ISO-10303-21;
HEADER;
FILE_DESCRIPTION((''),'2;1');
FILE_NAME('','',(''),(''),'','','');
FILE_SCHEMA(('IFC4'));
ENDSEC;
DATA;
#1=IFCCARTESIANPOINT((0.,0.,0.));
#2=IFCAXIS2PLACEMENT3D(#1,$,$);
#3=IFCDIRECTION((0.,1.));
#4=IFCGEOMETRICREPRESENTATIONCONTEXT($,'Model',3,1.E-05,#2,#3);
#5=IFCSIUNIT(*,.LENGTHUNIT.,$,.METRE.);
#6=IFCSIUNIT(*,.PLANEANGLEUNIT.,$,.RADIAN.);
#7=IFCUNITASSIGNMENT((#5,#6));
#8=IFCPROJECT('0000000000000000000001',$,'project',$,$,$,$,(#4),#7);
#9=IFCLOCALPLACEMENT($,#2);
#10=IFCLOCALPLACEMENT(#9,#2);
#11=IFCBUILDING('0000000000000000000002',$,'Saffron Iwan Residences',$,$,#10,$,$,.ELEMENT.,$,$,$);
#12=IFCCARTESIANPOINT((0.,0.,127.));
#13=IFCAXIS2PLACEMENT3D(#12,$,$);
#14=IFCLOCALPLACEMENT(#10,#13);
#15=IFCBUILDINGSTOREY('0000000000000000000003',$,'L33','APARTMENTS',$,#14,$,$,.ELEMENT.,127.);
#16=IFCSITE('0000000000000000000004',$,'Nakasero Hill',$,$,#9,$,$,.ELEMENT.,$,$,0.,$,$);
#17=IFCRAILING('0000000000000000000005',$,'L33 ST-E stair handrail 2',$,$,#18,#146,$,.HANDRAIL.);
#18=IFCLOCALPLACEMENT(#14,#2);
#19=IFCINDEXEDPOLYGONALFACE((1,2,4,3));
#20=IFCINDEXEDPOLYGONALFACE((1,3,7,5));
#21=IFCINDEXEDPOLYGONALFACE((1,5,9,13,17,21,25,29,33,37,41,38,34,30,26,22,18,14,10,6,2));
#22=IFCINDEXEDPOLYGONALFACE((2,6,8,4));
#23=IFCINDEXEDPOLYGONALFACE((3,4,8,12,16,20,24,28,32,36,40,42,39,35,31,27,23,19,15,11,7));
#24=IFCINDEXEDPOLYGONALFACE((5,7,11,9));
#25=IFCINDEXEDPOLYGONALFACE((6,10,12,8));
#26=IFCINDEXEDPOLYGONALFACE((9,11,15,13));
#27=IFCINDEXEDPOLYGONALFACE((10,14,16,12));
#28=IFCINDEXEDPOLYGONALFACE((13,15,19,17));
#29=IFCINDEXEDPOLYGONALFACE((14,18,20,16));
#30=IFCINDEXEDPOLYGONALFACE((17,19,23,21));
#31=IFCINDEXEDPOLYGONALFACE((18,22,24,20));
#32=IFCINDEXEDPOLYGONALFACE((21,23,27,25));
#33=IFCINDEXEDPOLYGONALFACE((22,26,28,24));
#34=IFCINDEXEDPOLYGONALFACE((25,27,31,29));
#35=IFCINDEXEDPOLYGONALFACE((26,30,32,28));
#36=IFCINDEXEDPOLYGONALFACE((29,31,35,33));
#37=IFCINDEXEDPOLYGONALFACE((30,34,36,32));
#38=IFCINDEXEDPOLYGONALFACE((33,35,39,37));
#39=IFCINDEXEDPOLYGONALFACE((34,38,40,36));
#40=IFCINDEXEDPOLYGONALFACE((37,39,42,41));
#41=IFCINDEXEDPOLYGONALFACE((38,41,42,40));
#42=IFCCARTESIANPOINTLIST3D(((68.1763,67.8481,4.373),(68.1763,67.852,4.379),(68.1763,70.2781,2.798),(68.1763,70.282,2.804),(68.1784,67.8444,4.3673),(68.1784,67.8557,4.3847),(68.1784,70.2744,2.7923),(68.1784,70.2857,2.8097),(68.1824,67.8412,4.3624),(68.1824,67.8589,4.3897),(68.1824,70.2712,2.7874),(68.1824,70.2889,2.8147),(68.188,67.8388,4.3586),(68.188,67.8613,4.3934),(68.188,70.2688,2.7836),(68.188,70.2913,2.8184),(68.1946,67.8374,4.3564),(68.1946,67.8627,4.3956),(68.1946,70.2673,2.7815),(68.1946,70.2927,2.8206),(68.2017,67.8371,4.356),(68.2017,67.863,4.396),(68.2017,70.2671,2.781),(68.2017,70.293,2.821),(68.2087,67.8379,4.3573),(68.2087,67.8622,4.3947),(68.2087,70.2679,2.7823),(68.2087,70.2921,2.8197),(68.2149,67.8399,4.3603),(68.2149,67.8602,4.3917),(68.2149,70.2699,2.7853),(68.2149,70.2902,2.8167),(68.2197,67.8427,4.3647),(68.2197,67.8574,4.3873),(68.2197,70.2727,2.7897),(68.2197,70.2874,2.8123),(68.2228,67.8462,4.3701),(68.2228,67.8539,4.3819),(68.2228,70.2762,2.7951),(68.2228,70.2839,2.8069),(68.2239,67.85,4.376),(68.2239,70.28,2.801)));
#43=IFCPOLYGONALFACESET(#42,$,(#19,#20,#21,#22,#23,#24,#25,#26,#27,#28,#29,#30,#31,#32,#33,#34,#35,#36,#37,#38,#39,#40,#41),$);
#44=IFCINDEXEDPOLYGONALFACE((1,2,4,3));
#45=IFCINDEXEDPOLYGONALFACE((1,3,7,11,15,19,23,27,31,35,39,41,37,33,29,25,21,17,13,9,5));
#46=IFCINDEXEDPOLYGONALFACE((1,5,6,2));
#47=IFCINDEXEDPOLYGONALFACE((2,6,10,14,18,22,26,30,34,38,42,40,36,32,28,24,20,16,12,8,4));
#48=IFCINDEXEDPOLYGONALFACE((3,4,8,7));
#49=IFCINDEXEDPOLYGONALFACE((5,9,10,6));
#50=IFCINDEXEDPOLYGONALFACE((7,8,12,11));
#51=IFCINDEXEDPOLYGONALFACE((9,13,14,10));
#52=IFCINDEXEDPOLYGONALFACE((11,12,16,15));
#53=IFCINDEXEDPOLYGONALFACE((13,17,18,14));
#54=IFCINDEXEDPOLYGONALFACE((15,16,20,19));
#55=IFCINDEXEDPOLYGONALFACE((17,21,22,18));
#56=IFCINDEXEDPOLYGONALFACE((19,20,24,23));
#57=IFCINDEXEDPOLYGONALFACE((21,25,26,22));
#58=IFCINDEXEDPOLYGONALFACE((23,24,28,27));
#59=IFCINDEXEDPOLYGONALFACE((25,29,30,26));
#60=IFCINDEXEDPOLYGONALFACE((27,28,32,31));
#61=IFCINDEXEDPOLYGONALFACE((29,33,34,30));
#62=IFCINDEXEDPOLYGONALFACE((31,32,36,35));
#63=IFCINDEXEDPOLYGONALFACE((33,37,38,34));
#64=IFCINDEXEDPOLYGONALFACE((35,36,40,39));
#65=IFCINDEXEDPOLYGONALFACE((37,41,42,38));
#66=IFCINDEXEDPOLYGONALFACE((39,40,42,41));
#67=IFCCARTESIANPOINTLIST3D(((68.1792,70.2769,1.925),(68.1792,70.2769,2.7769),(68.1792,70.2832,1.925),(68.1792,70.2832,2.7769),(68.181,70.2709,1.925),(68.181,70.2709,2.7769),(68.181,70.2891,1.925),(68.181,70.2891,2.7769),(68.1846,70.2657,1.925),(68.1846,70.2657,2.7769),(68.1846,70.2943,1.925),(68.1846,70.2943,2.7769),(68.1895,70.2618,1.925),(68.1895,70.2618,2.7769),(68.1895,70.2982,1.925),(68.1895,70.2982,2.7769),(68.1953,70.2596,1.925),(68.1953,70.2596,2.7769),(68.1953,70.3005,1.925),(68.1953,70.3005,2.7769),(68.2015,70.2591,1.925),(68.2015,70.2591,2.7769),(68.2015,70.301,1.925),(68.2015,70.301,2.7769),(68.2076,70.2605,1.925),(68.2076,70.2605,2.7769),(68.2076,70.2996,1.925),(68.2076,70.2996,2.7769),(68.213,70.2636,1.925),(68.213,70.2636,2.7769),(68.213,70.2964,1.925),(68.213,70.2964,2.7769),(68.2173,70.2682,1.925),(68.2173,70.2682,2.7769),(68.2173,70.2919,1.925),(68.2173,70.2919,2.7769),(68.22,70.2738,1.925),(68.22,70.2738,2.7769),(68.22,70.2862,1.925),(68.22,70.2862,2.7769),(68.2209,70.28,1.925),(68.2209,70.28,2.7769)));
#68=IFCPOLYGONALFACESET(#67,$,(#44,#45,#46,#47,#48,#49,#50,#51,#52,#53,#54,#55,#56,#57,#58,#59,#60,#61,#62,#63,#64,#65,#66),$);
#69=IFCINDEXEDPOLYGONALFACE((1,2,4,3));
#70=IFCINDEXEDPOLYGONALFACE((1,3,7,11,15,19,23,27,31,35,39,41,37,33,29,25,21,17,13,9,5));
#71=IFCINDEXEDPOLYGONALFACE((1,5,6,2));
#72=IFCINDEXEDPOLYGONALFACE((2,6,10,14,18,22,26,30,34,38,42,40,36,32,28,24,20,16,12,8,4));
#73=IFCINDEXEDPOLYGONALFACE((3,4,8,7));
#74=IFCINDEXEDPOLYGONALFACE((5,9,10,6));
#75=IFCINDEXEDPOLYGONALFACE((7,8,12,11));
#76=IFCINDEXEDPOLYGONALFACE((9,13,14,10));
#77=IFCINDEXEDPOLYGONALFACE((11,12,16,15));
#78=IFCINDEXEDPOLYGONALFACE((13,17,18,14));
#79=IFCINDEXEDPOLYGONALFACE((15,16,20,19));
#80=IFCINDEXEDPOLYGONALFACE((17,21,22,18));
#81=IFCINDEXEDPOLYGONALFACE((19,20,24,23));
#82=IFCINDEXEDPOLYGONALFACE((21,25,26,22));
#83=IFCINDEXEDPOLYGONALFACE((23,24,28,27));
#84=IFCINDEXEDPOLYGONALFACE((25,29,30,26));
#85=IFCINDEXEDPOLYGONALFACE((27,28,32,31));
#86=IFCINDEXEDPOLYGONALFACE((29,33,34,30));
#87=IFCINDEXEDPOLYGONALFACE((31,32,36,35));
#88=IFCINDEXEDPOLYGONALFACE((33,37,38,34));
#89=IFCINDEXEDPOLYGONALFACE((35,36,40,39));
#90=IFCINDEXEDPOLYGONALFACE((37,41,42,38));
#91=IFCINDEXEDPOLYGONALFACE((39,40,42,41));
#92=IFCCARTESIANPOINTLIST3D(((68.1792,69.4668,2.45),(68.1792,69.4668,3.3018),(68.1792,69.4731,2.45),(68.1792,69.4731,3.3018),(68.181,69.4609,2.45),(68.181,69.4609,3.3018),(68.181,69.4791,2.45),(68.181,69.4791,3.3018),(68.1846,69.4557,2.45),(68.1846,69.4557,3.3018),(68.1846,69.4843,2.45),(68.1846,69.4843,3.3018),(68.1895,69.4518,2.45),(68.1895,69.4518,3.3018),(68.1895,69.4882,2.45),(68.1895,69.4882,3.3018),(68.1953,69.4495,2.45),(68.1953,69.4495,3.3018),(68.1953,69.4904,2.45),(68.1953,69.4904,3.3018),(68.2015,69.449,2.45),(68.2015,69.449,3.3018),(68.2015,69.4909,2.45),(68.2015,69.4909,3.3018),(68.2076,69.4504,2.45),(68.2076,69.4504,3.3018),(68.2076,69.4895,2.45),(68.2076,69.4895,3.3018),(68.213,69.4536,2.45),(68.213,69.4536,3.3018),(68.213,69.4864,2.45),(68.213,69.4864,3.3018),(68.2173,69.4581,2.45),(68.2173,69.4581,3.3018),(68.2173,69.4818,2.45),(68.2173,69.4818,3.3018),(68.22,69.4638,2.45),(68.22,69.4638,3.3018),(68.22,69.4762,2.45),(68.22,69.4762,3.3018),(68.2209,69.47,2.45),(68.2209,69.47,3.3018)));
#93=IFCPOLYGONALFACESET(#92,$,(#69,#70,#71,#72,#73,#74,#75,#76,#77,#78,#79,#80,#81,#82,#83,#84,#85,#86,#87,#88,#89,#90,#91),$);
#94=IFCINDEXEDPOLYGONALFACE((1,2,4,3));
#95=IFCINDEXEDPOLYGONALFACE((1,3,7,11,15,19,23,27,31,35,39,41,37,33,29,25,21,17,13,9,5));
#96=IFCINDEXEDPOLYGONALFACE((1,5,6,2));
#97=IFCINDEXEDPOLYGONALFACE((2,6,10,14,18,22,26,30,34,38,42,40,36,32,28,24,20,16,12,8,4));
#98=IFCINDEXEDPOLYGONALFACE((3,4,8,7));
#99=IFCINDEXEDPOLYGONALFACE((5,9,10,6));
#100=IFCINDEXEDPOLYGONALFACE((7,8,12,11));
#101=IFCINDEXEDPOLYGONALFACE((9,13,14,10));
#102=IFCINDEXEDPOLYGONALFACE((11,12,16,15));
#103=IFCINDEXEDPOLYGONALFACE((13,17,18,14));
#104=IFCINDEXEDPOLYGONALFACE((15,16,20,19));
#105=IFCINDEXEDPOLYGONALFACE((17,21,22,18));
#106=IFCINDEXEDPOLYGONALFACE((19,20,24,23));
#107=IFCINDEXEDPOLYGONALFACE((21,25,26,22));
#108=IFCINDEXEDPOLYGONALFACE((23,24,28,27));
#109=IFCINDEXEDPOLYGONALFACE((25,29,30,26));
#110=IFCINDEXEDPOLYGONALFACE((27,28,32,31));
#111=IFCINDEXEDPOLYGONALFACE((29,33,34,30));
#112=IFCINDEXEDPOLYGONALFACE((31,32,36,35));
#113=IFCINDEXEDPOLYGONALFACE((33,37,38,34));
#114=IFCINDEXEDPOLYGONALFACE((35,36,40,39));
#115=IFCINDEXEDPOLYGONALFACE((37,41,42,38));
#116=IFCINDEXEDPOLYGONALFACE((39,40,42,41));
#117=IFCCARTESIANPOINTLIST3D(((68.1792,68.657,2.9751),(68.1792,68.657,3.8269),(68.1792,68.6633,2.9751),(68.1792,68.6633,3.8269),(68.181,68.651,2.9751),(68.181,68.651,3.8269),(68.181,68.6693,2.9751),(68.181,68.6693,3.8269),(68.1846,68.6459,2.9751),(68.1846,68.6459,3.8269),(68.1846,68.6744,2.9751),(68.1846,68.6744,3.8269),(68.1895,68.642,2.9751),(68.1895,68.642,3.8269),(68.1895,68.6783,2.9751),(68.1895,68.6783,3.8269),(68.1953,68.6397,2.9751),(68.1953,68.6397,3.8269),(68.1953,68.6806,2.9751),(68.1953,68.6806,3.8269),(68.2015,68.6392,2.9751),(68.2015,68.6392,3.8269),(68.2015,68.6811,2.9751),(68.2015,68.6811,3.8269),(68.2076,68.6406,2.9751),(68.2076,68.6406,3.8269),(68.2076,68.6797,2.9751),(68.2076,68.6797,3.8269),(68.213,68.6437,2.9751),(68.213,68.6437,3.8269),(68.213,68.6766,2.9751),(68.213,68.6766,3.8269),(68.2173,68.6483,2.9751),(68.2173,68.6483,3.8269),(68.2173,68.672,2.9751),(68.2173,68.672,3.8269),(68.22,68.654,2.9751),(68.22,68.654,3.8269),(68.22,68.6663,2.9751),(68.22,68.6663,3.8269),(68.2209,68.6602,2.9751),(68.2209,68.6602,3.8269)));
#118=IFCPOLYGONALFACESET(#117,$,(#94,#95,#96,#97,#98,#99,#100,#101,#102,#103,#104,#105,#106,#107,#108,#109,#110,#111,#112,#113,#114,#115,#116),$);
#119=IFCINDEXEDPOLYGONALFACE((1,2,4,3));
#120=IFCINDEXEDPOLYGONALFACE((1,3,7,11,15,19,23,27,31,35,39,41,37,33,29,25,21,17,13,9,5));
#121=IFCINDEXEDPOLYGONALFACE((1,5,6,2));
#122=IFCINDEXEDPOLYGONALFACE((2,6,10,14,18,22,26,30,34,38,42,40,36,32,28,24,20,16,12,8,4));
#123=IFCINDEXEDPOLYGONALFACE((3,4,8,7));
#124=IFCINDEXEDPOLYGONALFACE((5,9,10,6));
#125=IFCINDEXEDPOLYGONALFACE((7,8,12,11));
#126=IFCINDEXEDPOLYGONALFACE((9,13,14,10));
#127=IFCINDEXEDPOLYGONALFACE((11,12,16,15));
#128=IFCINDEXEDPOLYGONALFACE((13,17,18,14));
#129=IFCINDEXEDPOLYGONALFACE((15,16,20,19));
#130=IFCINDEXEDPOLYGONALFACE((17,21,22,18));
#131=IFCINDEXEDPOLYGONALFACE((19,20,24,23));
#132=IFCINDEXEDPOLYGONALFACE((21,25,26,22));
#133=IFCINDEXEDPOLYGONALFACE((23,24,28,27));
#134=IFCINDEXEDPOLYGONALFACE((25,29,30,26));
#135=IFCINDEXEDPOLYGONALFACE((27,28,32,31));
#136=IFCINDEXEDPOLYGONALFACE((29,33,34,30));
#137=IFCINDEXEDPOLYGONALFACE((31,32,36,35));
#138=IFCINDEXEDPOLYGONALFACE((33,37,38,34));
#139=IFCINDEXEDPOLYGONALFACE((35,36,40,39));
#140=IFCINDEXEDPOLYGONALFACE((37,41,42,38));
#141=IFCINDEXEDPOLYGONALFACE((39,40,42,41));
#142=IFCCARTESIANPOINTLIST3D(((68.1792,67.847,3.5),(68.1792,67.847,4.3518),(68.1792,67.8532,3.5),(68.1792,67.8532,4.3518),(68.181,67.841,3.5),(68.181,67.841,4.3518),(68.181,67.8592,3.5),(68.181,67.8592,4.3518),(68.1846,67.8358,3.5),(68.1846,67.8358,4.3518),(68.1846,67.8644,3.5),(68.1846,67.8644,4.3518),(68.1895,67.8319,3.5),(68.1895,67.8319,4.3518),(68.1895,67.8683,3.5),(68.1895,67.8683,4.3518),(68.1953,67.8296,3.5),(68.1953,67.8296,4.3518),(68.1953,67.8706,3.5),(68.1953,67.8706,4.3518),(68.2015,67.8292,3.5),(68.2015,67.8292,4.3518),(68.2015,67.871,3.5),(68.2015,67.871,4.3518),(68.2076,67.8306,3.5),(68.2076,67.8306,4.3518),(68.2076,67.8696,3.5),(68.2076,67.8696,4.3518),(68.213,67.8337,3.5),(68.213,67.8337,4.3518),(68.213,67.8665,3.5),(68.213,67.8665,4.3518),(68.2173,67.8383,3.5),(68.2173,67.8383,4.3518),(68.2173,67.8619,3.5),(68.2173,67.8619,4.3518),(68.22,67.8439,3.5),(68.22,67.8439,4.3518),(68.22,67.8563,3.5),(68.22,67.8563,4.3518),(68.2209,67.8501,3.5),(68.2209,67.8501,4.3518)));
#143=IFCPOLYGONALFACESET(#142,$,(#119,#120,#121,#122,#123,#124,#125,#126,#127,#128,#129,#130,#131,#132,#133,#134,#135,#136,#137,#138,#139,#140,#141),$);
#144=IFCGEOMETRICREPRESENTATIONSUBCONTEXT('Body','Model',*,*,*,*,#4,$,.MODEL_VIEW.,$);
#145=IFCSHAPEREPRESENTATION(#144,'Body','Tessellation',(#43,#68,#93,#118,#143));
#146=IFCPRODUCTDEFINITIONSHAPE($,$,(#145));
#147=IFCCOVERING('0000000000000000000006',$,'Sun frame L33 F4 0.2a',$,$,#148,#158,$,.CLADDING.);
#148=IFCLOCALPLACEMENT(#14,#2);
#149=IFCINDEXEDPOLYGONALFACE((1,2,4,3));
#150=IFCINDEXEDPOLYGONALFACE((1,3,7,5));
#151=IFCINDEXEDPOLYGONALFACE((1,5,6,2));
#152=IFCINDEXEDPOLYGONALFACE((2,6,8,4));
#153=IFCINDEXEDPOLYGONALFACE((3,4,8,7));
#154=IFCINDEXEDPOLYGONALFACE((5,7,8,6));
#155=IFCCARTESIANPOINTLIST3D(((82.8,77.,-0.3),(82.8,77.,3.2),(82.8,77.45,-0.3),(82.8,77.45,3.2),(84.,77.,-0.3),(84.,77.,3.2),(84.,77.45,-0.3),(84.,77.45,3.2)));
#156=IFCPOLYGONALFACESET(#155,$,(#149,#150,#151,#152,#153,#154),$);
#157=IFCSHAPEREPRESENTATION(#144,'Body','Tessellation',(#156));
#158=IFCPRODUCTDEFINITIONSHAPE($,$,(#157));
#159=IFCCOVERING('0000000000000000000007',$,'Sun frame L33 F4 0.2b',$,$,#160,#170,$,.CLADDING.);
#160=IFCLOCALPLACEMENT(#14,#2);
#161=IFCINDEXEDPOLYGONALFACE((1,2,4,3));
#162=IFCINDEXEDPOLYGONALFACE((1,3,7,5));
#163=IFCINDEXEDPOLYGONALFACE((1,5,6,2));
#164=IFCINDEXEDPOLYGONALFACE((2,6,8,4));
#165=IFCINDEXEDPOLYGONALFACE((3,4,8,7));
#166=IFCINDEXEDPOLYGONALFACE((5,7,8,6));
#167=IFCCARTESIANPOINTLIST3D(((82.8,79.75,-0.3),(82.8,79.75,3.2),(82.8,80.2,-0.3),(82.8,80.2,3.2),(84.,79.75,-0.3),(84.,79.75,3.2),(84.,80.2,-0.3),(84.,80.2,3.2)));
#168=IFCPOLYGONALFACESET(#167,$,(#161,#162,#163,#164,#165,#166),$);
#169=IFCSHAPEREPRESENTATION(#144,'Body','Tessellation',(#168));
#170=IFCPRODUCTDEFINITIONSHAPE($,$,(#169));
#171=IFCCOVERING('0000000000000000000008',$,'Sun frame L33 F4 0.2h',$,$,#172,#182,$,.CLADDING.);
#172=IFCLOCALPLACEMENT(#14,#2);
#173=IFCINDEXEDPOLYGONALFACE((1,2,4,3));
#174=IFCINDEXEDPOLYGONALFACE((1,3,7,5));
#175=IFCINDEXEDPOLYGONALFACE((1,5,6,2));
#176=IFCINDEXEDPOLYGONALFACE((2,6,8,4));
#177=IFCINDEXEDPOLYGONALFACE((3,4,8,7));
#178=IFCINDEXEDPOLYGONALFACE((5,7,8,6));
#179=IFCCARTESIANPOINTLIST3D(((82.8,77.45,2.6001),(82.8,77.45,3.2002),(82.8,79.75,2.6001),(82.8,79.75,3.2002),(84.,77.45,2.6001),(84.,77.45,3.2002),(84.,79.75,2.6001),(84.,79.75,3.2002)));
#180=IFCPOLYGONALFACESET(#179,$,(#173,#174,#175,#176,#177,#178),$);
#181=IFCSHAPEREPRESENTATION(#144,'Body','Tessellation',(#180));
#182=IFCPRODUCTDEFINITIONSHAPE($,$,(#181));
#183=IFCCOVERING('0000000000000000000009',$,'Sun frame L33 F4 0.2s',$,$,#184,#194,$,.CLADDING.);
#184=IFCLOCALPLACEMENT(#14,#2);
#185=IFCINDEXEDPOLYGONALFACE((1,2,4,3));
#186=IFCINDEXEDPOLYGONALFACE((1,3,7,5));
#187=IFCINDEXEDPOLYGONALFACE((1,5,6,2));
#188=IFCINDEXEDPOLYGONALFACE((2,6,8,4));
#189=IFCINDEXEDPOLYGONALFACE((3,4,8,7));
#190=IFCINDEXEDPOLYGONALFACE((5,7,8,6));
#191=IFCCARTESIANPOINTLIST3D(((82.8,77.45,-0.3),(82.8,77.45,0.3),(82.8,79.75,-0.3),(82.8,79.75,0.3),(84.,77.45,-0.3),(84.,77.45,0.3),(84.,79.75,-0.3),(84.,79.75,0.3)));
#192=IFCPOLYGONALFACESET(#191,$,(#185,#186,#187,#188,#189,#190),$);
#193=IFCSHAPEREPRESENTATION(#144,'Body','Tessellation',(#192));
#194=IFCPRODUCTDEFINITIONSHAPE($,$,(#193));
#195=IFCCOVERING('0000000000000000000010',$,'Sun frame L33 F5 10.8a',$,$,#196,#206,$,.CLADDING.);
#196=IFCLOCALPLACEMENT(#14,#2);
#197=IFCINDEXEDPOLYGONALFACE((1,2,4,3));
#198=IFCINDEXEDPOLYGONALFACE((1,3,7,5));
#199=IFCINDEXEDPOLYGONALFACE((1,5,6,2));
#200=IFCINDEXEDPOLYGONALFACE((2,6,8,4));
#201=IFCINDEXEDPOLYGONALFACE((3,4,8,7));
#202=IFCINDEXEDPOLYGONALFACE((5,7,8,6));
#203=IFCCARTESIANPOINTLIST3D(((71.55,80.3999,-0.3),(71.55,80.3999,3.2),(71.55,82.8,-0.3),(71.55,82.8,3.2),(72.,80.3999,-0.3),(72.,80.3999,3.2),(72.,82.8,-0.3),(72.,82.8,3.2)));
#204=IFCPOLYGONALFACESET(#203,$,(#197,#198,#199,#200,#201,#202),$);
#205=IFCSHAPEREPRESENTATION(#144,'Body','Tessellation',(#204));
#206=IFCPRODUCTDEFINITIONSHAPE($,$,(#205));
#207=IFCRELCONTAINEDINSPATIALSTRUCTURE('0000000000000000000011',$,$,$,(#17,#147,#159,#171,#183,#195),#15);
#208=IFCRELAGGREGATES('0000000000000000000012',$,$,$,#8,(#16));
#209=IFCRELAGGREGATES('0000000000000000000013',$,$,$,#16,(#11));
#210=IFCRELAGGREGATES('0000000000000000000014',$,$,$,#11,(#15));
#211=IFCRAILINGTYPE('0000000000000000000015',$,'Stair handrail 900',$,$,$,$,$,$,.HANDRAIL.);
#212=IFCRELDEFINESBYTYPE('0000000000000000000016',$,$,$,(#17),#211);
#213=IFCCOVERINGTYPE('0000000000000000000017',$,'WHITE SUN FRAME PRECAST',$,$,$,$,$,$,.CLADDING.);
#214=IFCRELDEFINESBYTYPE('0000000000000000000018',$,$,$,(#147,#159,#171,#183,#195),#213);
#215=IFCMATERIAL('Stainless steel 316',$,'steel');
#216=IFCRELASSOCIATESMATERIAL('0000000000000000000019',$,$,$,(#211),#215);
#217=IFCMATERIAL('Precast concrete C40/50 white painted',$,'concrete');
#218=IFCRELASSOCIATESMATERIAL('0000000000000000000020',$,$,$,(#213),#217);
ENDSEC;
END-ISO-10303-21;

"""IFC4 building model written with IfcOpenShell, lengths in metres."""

from ifc_helpers import new_model, si_unit, direction, frame, origin, origin_2d, place, context, subcontext, project, spatial, polyline, circle, outline, extrude, material, type_object, element, save


model = new_model("IFC4")

# Units and contexts
model_context = context("Model", 3, precision=1e-05, world=origin(), true_north=direction((0.0, 1.0)))
body_context = subcontext(model_context, "Body", "Model", "MODEL_VIEW")
ifc_project = project(units=[si_unit("LENGTHUNIT", "METRE"), si_unit("PLANEANGLEUNIT", "RADIAN")], contexts=[model_context])

# Site, building, storey
site_placement = place(None, origin())
site = spatial("IfcSite", under=ifc_project, at=site_placement, Name="Nakasero Hill", CompositionType="ELEMENT", RefElevation=0.0)
building_placement = place(site_placement, origin())
building = spatial("IfcBuilding", under=site, at=building_placement, Name="Saffron Iwan Residences", CompositionType="ELEMENT")
storey_placement = place(building_placement, frame((0.0, 0.0, 127.0)))
storey = spatial("IfcBuildingStorey", under=building, at=storey_placement, Name="L33", Description="APARTMENTS", CompositionType="ELEMENT", Elevation=127.0)

# Railing
ifc_material_1 = material(Name="Stainless steel 316", Category="steel")
railing_type = type_object("IfcRailingType", Name="Stair handrail 900", PredefinedType="HANDRAIL", material=ifc_material_1)
railing_placement = place(storey_placement, frame((68.2, 70.28, 1.925)))
element("IfcRailing", 1, at=railing_placement, inside=storey, type_object=railing_type, Name="L33 ST-E stair handrail 2", PredefinedType="HANDRAIL", context=body_context, shape_type="SweptSolid", body=[
    extrude(circle(Radius=0.0239, at=origin_2d()), frame((0.0, 0.0, 0.876), z_axis=(0.0, -0.839154, 0.543894), x_axis=(1.0, 0.0, 0.0)), (0.0, 0.0, 1.0), 2.8958),
    extrude(circle(Radius=0.021, at=origin_2d()), origin(), (0.0, 0.0, 1.0), 0.8518),
    extrude(circle(Radius=0.021, at=origin_2d()), frame((0.0, -0.8101, 0.5249)), (0.0, 0.0, 1.0), 0.8518),
    extrude(circle(Radius=0.021, at=origin_2d()), frame((0.0, -1.6199, 1.05)), (0.0, 0.0, 1.0), 0.8518),
    extrude(circle(Radius=0.021, at=origin_2d()), frame((0.0, -2.4299, 1.575)), (0.0, 0.0, 1.0), 0.8518),
])

# Coverings
ifc_material_2 = material(Name="Precast concrete C40/50 white painted", Category="concrete")
covering_type_1 = type_object("IfcCoveringType", Name="WHITE SUN FRAME PRECAST", PredefinedType="CLADDING", material=ifc_material_2)
for number, where, z_axis, x_axis, name in (
    (2, (82.8, 77.0, -0.3), (1.0, 0.0, 0.0), (0.0, 1.0, 0.0), "Sun frame L33 F4 0.2a"),
    (3, (82.8, 79.75, -0.3), (1.0, 0.0, 0.0), (0.0, 1.0, 0.0), "Sun frame L33 F4 0.2b"),
):
    element("IfcCovering", number, at=place(storey_placement, frame(where, z_axis=z_axis, x_axis=x_axis)), inside=storey, type_object=covering_type_1, Name=name, PredefinedType="CLADDING", context=body_context, shape_type="SweptSolid", body=[
        extrude(outline(polyline([(0.0, 0.0), (0.45, 0.0), (0.45, 3.5), (0.0, 3.5), (0.0, 0.0)])), origin(), (0.0, 0.0, 1.0), 1.2),
    ])
for number, where, z_axis, x_axis, name in (
    (4, (82.8, 77.45, 2.6001), (1.0, 0.0, 0.0), (0.0, 1.0, 0.0), "Sun frame L33 F4 0.2h"),
    (5, (82.8, 77.45, -0.3), (1.0, 0.0, 0.0), (0.0, 1.0, 0.0), "Sun frame L33 F4 0.2s"),
):
    element("IfcCovering", number, at=place(storey_placement, frame(where, z_axis=z_axis, x_axis=x_axis)), inside=storey, type_object=covering_type_1, Name=name, PredefinedType="CLADDING", context=body_context, shape_type="SweptSolid", body=[
        extrude(outline(polyline([(0.0, 0.0), (2.3, 0.0), (2.3, 0.6001), (0.0, 0.6001), (0.0, 0.0)])), origin(), (0.0, 0.0, 1.0), 1.2),
    ])
covering_1_placement = place(storey_placement, frame((72.0, 80.3999, -0.3), z_axis=(0.0, 1.0, 0.0), x_axis=(-1.0, 0.0, 0.0)))
element("IfcCovering", 6, at=covering_1_placement, inside=storey, type_object=covering_type_1, Name="Sun frame L33 F5 10.8a", PredefinedType="CLADDING", context=body_context, shape_type="SweptSolid", body=[
    extrude(outline(polyline([(0.0, 0.0), (0.45, 0.0), (0.45, 3.5), (0.0, 3.5), (0.0, 0.0)])), origin(), (0.0, 0.0, 1.0), 2.4001),
])

save(model, "model.ifc")
